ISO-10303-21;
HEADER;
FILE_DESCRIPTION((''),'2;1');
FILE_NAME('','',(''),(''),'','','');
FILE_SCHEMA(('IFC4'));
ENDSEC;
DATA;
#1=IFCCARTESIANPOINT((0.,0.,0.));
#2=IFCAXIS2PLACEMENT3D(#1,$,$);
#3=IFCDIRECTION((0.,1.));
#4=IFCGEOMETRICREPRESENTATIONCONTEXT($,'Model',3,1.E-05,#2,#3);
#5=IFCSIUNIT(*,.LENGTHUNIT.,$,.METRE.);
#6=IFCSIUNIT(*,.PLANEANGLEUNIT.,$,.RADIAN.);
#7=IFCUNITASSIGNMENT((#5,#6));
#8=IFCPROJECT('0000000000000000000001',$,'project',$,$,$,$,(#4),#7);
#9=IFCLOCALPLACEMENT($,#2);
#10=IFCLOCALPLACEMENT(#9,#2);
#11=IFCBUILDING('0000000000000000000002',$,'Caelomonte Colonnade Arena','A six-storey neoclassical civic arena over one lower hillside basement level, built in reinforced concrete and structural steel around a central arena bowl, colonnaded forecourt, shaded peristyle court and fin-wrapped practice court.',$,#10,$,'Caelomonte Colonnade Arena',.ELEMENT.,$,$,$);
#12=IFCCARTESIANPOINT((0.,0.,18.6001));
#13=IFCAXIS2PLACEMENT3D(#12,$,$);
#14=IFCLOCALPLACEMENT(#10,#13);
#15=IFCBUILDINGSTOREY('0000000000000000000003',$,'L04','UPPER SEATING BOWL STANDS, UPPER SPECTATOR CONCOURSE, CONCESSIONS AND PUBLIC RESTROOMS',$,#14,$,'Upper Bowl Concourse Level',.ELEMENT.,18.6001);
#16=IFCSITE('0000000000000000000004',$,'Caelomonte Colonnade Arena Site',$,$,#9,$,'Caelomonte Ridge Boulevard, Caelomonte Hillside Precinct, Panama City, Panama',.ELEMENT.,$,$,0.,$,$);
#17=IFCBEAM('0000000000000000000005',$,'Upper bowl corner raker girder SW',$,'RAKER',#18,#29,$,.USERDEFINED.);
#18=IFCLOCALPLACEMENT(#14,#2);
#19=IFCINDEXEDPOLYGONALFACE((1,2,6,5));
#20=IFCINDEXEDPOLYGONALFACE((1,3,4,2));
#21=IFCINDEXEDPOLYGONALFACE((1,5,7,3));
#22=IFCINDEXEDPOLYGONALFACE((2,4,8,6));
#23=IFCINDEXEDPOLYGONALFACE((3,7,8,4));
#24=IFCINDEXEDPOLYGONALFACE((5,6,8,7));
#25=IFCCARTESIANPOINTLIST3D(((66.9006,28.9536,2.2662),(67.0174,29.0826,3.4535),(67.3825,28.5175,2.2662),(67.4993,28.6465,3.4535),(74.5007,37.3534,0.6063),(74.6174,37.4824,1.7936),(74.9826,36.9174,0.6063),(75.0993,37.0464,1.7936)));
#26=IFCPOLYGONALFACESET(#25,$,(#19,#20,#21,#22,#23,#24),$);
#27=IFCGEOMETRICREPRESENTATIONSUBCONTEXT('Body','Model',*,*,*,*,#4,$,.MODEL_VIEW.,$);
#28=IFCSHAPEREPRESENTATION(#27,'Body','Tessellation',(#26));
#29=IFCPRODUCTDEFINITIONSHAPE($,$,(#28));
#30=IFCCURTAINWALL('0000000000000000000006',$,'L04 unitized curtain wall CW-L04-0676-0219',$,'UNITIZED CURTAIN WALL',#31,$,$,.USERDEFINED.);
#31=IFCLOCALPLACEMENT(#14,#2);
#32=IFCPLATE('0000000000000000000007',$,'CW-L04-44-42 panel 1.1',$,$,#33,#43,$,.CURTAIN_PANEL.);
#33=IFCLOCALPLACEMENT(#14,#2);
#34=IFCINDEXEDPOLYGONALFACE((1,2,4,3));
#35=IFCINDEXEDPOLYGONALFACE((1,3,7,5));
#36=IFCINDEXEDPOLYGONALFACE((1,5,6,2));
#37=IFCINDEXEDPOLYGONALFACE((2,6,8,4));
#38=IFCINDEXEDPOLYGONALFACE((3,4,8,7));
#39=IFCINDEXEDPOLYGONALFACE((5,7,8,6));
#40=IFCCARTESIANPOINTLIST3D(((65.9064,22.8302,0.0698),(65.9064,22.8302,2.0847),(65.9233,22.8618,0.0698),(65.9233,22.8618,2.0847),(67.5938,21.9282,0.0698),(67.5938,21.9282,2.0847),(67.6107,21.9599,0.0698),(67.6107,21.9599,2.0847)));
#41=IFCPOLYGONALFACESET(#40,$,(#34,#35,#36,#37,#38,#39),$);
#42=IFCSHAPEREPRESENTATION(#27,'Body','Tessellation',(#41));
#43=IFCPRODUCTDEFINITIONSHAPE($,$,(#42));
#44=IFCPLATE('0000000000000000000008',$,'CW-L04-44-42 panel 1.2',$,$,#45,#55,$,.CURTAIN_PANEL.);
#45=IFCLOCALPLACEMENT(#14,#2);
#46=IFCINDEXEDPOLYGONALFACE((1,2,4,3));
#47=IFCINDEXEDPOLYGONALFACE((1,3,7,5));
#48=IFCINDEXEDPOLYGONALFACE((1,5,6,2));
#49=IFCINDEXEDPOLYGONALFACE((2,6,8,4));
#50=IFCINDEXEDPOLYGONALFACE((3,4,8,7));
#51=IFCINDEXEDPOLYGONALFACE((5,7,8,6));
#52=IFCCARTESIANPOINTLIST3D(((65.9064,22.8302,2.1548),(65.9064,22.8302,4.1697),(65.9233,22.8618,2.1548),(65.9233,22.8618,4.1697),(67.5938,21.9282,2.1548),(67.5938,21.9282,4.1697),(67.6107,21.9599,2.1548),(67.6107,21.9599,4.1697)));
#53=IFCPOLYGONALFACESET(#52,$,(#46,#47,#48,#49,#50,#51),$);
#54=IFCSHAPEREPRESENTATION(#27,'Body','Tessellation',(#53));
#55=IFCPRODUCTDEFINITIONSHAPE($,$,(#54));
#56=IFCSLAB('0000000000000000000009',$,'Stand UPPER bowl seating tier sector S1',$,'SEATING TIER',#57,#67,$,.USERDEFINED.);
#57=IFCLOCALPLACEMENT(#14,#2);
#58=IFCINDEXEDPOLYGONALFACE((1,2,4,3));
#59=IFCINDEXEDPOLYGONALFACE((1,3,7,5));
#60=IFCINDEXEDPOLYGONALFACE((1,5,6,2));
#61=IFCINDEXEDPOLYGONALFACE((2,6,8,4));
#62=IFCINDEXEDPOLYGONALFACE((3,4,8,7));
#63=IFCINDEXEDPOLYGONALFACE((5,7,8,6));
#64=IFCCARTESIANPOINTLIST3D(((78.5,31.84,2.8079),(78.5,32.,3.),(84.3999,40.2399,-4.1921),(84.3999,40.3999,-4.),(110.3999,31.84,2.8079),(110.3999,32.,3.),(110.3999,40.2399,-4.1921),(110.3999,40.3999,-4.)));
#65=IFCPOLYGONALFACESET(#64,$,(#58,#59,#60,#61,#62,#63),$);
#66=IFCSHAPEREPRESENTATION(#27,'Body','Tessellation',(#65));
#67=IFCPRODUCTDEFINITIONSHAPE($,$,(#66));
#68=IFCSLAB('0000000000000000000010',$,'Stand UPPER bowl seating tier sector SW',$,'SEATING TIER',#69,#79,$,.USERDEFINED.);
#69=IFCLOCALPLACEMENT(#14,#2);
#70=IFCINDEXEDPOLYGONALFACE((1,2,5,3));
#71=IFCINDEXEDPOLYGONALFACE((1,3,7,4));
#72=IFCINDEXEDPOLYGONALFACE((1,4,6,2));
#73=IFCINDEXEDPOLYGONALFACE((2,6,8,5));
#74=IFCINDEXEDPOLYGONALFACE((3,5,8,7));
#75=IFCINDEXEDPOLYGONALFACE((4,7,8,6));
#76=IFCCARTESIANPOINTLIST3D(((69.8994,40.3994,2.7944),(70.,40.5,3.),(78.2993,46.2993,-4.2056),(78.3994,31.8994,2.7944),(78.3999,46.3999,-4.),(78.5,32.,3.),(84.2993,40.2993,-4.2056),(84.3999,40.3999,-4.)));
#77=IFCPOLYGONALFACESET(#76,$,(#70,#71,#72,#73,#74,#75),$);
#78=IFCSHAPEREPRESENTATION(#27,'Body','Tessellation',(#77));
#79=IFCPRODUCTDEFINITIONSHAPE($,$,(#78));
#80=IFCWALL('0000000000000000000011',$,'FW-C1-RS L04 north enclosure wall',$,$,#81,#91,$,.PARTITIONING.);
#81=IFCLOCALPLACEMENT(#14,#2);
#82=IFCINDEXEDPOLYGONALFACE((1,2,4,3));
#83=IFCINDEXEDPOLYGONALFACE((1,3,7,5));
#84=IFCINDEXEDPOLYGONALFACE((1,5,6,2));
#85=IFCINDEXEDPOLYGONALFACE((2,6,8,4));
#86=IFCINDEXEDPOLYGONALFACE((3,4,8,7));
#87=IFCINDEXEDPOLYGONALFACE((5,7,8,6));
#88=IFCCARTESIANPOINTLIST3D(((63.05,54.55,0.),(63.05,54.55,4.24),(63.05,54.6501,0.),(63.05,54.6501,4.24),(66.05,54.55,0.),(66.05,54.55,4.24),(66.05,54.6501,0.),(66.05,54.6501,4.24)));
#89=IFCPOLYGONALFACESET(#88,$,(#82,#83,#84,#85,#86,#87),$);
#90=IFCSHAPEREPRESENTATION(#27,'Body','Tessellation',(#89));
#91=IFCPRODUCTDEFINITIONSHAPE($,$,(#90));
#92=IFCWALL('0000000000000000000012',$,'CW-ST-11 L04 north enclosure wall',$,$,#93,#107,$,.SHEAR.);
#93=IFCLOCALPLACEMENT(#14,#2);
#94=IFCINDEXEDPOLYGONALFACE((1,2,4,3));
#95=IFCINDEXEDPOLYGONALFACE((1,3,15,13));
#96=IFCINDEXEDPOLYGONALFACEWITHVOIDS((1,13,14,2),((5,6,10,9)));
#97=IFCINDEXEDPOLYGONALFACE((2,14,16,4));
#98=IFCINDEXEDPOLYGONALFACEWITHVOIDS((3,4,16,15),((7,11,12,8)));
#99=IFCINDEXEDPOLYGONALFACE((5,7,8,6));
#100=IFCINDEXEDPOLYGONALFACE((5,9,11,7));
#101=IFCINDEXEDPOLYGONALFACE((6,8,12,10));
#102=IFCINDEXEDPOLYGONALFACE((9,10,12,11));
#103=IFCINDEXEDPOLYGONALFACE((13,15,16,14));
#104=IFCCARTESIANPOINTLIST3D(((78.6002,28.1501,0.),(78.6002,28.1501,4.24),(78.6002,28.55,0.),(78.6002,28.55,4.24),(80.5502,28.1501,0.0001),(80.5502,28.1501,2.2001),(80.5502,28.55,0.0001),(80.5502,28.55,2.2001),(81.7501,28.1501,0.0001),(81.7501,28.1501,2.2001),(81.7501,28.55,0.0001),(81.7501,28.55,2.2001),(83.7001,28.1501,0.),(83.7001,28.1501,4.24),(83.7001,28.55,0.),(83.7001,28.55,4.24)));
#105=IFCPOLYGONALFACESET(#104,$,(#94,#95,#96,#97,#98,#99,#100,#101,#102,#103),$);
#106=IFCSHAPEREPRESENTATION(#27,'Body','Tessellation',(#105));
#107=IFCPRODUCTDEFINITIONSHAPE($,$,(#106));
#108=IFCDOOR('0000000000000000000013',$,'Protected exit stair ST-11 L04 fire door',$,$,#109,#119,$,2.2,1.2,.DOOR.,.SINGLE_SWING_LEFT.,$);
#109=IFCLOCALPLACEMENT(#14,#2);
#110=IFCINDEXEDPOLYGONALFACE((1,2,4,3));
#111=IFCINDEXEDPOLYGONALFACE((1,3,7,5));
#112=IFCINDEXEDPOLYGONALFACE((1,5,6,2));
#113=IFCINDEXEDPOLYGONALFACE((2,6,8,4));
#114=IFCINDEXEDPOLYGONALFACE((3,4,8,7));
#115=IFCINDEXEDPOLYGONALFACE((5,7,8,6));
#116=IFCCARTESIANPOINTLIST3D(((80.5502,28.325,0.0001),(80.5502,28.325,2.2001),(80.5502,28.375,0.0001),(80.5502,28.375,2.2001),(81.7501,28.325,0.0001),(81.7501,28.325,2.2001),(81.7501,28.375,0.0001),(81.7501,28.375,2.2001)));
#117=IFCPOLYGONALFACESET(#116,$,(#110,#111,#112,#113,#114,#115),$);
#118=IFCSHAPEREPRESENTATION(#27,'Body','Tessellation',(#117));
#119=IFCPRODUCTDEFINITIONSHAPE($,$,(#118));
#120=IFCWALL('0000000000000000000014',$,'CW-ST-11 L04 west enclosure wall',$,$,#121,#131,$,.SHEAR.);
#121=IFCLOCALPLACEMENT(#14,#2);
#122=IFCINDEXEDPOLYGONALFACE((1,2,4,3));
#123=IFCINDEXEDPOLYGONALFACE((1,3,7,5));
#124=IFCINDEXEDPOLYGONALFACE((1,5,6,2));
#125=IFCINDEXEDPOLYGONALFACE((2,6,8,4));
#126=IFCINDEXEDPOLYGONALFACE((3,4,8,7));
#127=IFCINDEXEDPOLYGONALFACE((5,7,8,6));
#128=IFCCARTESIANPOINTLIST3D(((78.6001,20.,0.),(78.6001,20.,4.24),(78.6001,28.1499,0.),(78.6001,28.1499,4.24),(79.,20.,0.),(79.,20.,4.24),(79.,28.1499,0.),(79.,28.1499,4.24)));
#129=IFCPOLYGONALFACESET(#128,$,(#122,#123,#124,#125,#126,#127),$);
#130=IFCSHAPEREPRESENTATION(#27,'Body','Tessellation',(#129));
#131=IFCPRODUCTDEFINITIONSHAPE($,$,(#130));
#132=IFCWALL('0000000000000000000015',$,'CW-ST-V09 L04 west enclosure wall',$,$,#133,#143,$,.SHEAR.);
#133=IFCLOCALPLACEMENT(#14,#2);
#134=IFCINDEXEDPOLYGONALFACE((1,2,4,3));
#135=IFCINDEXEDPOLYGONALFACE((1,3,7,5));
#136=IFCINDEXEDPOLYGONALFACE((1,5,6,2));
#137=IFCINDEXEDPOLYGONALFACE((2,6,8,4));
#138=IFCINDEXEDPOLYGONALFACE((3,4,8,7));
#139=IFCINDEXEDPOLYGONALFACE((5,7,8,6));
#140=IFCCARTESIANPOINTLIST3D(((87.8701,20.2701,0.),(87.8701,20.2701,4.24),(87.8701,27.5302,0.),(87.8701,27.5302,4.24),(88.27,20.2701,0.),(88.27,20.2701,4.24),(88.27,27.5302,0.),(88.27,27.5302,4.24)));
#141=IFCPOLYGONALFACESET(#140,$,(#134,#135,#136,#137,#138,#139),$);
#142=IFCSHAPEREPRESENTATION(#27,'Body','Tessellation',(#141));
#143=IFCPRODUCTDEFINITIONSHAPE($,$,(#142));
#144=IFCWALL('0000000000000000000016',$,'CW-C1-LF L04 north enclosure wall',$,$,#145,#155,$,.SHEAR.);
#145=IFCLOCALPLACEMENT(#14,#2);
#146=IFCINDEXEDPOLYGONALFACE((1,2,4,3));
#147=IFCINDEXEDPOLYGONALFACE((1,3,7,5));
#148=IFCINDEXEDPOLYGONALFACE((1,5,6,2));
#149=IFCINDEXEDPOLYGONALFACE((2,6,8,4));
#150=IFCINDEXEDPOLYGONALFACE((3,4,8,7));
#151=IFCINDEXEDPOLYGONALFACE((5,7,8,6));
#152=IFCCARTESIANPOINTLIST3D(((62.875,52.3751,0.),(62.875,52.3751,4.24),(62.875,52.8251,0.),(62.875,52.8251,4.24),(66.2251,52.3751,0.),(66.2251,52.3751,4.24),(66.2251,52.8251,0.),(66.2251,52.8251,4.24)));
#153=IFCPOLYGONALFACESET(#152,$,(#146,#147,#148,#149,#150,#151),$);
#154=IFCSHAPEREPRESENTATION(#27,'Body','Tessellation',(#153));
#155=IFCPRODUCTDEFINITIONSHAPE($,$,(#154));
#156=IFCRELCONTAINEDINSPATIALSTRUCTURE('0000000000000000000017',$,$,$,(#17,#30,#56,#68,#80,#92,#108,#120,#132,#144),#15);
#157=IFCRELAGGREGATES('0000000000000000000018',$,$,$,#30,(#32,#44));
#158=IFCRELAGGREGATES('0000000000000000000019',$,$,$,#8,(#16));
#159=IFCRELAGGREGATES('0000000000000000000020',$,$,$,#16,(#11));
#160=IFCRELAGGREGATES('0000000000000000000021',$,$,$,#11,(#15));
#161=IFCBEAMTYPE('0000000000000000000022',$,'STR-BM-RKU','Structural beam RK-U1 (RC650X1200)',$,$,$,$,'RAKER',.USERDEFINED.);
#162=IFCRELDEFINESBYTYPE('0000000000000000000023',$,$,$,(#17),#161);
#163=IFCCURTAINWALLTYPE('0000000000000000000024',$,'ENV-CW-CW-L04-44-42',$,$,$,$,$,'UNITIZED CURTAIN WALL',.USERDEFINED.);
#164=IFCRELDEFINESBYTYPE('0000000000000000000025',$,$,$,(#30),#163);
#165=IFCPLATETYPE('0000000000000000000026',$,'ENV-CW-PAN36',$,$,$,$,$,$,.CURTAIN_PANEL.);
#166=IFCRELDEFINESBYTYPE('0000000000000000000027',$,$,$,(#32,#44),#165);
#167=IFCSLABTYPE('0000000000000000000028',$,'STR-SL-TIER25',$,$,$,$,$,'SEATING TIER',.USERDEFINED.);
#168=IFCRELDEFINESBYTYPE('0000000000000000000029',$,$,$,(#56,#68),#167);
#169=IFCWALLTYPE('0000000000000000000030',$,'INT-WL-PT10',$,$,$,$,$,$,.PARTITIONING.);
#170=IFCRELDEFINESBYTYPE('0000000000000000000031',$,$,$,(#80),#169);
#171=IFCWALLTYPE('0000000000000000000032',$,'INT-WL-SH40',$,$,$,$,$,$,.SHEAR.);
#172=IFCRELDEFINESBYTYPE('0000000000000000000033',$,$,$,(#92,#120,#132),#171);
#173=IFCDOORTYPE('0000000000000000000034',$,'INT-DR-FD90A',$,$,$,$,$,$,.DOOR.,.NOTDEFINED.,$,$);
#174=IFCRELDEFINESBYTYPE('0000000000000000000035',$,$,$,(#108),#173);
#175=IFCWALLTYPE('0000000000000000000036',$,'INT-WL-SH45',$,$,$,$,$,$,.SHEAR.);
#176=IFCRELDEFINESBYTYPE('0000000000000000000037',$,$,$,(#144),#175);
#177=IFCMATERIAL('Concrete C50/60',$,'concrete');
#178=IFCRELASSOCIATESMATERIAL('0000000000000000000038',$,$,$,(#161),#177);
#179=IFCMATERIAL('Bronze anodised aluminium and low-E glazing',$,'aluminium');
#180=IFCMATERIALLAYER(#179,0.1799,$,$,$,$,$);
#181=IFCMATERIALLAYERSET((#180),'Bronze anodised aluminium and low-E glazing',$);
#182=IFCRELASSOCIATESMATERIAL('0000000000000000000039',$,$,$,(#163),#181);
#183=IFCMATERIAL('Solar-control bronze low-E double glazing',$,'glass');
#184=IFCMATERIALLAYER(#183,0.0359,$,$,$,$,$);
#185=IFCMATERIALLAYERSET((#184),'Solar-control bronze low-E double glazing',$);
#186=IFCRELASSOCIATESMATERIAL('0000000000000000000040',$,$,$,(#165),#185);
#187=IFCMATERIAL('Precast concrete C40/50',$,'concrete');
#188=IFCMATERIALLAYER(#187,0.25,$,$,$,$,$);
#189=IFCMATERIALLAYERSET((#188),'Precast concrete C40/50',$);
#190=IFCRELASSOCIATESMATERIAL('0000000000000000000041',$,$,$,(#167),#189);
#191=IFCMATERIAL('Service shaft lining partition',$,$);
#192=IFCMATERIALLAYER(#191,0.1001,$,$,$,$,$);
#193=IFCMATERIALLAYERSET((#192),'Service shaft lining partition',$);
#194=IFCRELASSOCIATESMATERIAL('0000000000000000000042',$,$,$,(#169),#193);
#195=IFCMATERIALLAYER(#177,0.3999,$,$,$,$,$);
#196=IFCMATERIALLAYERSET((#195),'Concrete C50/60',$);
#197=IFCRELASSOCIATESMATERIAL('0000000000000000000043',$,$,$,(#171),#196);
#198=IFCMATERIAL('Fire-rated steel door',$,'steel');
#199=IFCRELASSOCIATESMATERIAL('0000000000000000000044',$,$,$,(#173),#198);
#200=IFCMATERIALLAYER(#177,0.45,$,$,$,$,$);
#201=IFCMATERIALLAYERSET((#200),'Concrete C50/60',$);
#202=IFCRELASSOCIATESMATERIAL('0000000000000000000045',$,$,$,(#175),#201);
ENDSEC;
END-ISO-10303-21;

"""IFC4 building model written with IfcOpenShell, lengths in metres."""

from ifc_helpers import new_model, si_unit, direction, frame, frame_2d, origin, origin_2d, place, context, subcontext, project, spatial, polyline, rectangle, outline, extrude, material, layer, layer_set, material_profile, profile_set, type_object, element, fill, aggregate, save


model = new_model("IFC4")

# Units and contexts
model_context = context("Model", 3, precision=1e-05, world=origin(), true_north=direction((0.0, 1.0)))
body_context = subcontext(model_context, "Body", "Model", "MODEL_VIEW")
ifc_project = project(units=[si_unit("LENGTHUNIT", "METRE"), si_unit("PLANEANGLEUNIT", "RADIAN")], contexts=[model_context])

# Site, building, storey
site_placement = place(None, origin())
site = spatial("IfcSite", under=ifc_project, at=site_placement, Name="Caelomonte Colonnade Arena Site", LongName="Caelomonte Ridge Boulevard, Caelomonte Hillside Precinct, Panama City, Panama", CompositionType="ELEMENT", RefElevation=0.0)
building_placement = place(site_placement, origin())
building = spatial("IfcBuilding", under=site, at=building_placement, Name="Caelomonte Colonnade Arena", Description="A six-storey neoclassical civic arena over one lower hillside basement level, built in reinforced concrete and structural steel around a central arena bowl, colonnaded forecourt, shaded peristyle court and fin-wrapped practice court.", LongName="Caelomonte Colonnade Arena", CompositionType="ELEMENT")
storey_placement = place(building_placement, frame((0.0, 0.0, 18.6001)))
storey = spatial("IfcBuildingStorey", under=building, at=storey_placement, Name="L04", Description="UPPER SEATING BOWL STANDS, UPPER SPECTATOR CONCOURSE, CONCESSIONS AND PUBLIC RESTROOMS", LongName="Upper Bowl Concourse Level", CompositionType="ELEMENT", Elevation=18.6001)

# Beam
ifc_material_1 = material(Name="Concrete C50/60", Category="concrete")
ifc_material_profile_1 = material_profile(ifc_material_1, rectangle(XDim=0.6499, YDim=1.2, at=origin_2d()), Name="RC650X1200")
ifc_profile_set_1 = profile_set([ifc_material_profile_1], Name="Concrete C50/60")
beam_type_1 = type_object("IfcBeamType", Name="STR-BM-RKU", Description="Structural beam RK-U1 (RC650X1200)", ElementType="RAKER", PredefinedType="USERDEFINED", material=ifc_profile_set_1)
beam_1_placement = place(storey_placement, frame((67.2, 28.8, 2.8599), z_axis=(0.663833, 0.733692, -0.144986), x_axis=(-0.741528, 0.670922, 0.0)))
element("IfcBeam", 1, at=beam_1_placement, inside=storey, type_object=beam_type_1, Name="Upper bowl corner raker girder SW", ObjectType="RAKER", PredefinedType="USERDEFINED", context=body_context, shape_type="SweptSolid", body=[
    extrude(rectangle(XDim=0.6499, YDim=1.2, at=origin_2d()), origin(), (0.0, 0.0, 1.0), 11.4487),
])

# Curtain wall, plates
ifc_material_2 = material(Name="Bronze anodised aluminium and low-E glazing", Category="aluminium")
ifc_layer_1 = layer(ifc_material_2, 0.1799)
ifc_layer_set_1 = layer_set([ifc_layer_1], Name="Bronze anodised aluminium and low-E glazing")
curtain_wall_type = type_object("IfcCurtainWallType", Name="ENV-CW-CW-L04-44-42", ElementType="UNITIZED CURTAIN WALL", PredefinedType="USERDEFINED", material=ifc_layer_set_1)
curtain_wall_placement = place(storey_placement, origin())
curtain_wall = element("IfcCurtainWall", 2, at=curtain_wall_placement, inside=storey, type_object=curtain_wall_type, Name="L04 unitized curtain wall CW-L04-0676-0219", ObjectType="UNITIZED CURTAIN WALL", PredefinedType="USERDEFINED")
ifc_material_3 = material(Name="Solar-control bronze low-E double glazing", Category="glass")
ifc_layer_2 = layer(ifc_material_3, 0.0359)
ifc_layer_set_2 = layer_set([ifc_layer_2], Name="Solar-control bronze low-E double glazing")
plate_type = type_object("IfcPlateType", Name="ENV-CW-PAN36", PredefinedType="CURTAIN_PANEL", material=ifc_layer_set_2)
plate_1_placement = place(storey_placement, frame((66.7585, 22.395, 0.0698), z_axis=(0.0, 0.0, 1.0), x_axis=(0.881923, -0.471394, 0.0)))
plate_1 = element("IfcPlate", 3, at=plate_1_placement, type_object=plate_type, Name="CW-L04-44-42 panel 1.1", PredefinedType="CURTAIN_PANEL", context=body_context, shape_type="SweptSolid", body=[
    extrude(rectangle(XDim=1.9133, YDim=0.0359, at=origin_2d()), origin(), (0.0, 0.0, 1.0), 2.0149),
])
plate_2_placement = place(storey_placement, frame((66.7585, 22.395, 2.1548), z_axis=(0.0, 0.0, 1.0), x_axis=(0.881923, -0.471394, 0.0)))
plate_2 = element("IfcPlate", 4, at=plate_2_placement, type_object=plate_type, Name="CW-L04-44-42 panel 1.2", PredefinedType="CURTAIN_PANEL", context=body_context, shape_type="SweptSolid", body=[
    extrude(rectangle(XDim=1.9133, YDim=0.0359, at=origin_2d()), origin(), (0.0, 0.0, 1.0), 2.0149),
])
aggregate(curtain_wall, [plate_1, plate_2])

# Slabs
ifc_material_4 = material(Name="Precast concrete C40/50", Category="concrete")
ifc_layer_3 = layer(ifc_material_4, 0.25)
ifc_layer_set_3 = layer_set([ifc_layer_3], Name="Precast concrete C40/50")
slab_type = type_object("IfcSlabType", Name="STR-SL-TIER25", ElementType="SEATING TIER", PredefinedType="USERDEFINED", material=ifc_layer_set_3)
slab_1_placement = place(storey_placement, frame((84.3999, 40.3999, -4.0), z_axis=(0.0, 0.640189, 0.768218), x_axis=(1.0, 0.0, 0.0)))
element("IfcSlab", 5, at=slab_1_placement, inside=storey, type_object=slab_type, Name="Stand UPPER bowl seating tier sector S1", ObjectType="SEATING TIER", PredefinedType="USERDEFINED", context=body_context, shape_type="SweptSolid", body=[
    extrude(outline(polyline([(0.0, 0.0), (26.0, 0.0), (26.0, -10.9343), (-5.8999, -10.9343), (0.0, 0.0)])), origin(), (0.0, 0.0, -1.0), 0.25),
])
slab_2_placement = place(storey_placement, frame((78.3999, 46.3999, -4.0), z_axis=(0.402482, 0.402482, 0.822202), x_axis=(0.707107, -0.707107, 0.0)))
element("IfcSlab", 6, at=slab_2_placement, inside=storey, type_object=slab_type, Name="Stand UPPER bowl seating tier sector SW", ObjectType="SEATING TIER", PredefinedType="USERDEFINED", context=body_context, shape_type="SweptSolid", body=[
    extrude(outline(polyline([(0.0, 0.0), (8.4853, 0.0), (10.253, -12.2981), (-1.7678, -12.2981), (0.0, 0.0)])), origin(), (0.0, 0.0, -1.0), 0.25),
])

# Wall
ifc_material_5 = material(Name="Service shaft lining partition")
ifc_layer_4 = layer(ifc_material_5, 0.1001)
ifc_layer_set_4 = layer_set([ifc_layer_4], Name="Service shaft lining partition")
wall_type_1 = type_object("IfcWallType", Name="INT-WL-PT10", PredefinedType="PARTITIONING", material=ifc_layer_set_4)
wall_1_placement = place(storey_placement, frame((66.05, 54.6001, 0.0), z_axis=(0.0, 0.0, 1.0), x_axis=(-1.0, 0.0, 0.0)))
element("IfcWall", 7, at=wall_1_placement, inside=storey, type_object=wall_type_1, Name="FW-C1-RS L04 north enclosure wall", PredefinedType="PARTITIONING", context=body_context, shape_type="SweptSolid", body=[
    extrude(rectangle(XDim=3.0, YDim=0.1001, at=frame_2d((1.5, 0.0))), origin(), (0.0, 0.0, 1.0), 4.24),
])

# Wall, opening, door
ifc_layer_5 = layer(ifc_material_1, 0.3999)
ifc_layer_set_5 = layer_set([ifc_layer_5], Name="Concrete C50/60")
wall_type_2 = type_object("IfcWallType", Name="INT-WL-SH40", PredefinedType="SHEAR", material=ifc_layer_set_5)
wall_2_placement = place(storey_placement, frame((83.7, 28.3501, 0.0), z_axis=(0.0, 0.0, 1.0), x_axis=(-1.0, 0.0, 0.0)))
wall_2 = element("IfcWall", 8, at=wall_2_placement, inside=storey, type_object=wall_type_2, Name="CW-ST-11 L04 north enclosure wall", PredefinedType="SHEAR", context=body_context, shape_type="SweptSolid", body=[
    extrude(rectangle(XDim=5.0999, YDim=0.3999, at=frame_2d((2.5498, 0.0))), origin(), (0.0, 0.0, 1.0), 4.24),
])
opening_placement = place(wall_2_placement, frame((3.1499, 0.0, 0.0), z_axis=(0.0, 0.0, 1.0), x_axis=(-1.0, 0.0, 0.0)))
opening = element("IfcOpeningElement", 9, at=opening_placement, cuts=wall_2, PredefinedType="OPENING", context=body_context, shape_type="SweptSolid", body=[
    extrude(rectangle(XDim=1.2, YDim=2.2, at=frame_2d((0.6001, 1.1001))), frame((0.0, 0.21, 0.0), z_axis=(0.0, -1.0, 0.0), x_axis=(1.0, 0.0, 0.0)), (0.0, 0.0, 1.0), 0.4199),
])
ifc_material_6 = material(Name="Fire-rated steel door", Category="steel")
door_type = type_object("IfcDoorType", Name="INT-DR-FD90A", OperationType="NOTDEFINED", PredefinedType="DOOR", material=ifc_material_6)
door_placement = place(opening_placement, origin())
door = element("IfcDoor", 10, at=door_placement, inside=storey, type_object=door_type, Name="Protected exit stair ST-11 L04 fire door", OperationType="SINGLE_SWING_LEFT", OverallHeight=2.2, OverallWidth=1.2, PredefinedType="DOOR", context=body_context, shape_type="SweptSolid", body=[
    extrude(rectangle(XDim=1.2, YDim=2.2, at=frame_2d((0.6001, 1.1001))), frame((0.0, 0.0249, 0.0), z_axis=(0.0, -1.0, 0.0), x_axis=(1.0, 0.0, 0.0)), (0.0, 0.0, 1.0), 0.05),
])
fill(opening, door)

# Walls
wall_3_placement = place(storey_placement, frame((78.8, 28.1499, 0.0), z_axis=(0.0, 0.0, 1.0), x_axis=(0.0, -1.0, 0.0)))
element("IfcWall", 11, at=wall_3_placement, inside=storey, type_object=wall_type_2, Name="CW-ST-11 L04 west enclosure wall", PredefinedType="SHEAR", context=body_context, shape_type="SweptSolid", body=[
    extrude(rectangle(XDim=8.1499, YDim=0.3999, at=frame_2d((4.075, 0.0))), origin(), (0.0, 0.0, 1.0), 4.24),
])
wall_4_placement = place(storey_placement, frame((88.0701, 27.53, 0.0), z_axis=(0.0, 0.0, 1.0), x_axis=(0.0, -1.0, 0.0)))
element("IfcWall", 12, at=wall_4_placement, inside=storey, type_object=wall_type_2, Name="CW-ST-V09 L04 west enclosure wall", PredefinedType="SHEAR", context=body_context, shape_type="SweptSolid", body=[
    extrude(rectangle(XDim=7.26, YDim=0.3999, at=frame_2d((3.6299, 0.0))), origin(), (0.0, 0.0, 1.0), 4.24),
])
ifc_layer_6 = layer(ifc_material_1, 0.45)
ifc_layer_set_6 = layer_set([ifc_layer_6], Name="Concrete C50/60")
wall_type_3 = type_object("IfcWallType", Name="INT-WL-SH45", PredefinedType="SHEAR", material=ifc_layer_set_6)
wall_5_placement = place(storey_placement, frame((66.2251, 52.6001, 0.0), z_axis=(0.0, 0.0, 1.0), x_axis=(-1.0, 0.0, 0.0)))
element("IfcWall", 13, at=wall_5_placement, inside=storey, type_object=wall_type_3, Name="CW-C1-LF L04 north enclosure wall", PredefinedType="SHEAR", context=body_context, shape_type="SweptSolid", body=[
    extrude(rectangle(XDim=3.3501, YDim=0.45, at=frame_2d((1.675, 0.0))), origin(), (0.0, 0.0, 1.0), 4.24),
])

save(model, "model.ifc")
